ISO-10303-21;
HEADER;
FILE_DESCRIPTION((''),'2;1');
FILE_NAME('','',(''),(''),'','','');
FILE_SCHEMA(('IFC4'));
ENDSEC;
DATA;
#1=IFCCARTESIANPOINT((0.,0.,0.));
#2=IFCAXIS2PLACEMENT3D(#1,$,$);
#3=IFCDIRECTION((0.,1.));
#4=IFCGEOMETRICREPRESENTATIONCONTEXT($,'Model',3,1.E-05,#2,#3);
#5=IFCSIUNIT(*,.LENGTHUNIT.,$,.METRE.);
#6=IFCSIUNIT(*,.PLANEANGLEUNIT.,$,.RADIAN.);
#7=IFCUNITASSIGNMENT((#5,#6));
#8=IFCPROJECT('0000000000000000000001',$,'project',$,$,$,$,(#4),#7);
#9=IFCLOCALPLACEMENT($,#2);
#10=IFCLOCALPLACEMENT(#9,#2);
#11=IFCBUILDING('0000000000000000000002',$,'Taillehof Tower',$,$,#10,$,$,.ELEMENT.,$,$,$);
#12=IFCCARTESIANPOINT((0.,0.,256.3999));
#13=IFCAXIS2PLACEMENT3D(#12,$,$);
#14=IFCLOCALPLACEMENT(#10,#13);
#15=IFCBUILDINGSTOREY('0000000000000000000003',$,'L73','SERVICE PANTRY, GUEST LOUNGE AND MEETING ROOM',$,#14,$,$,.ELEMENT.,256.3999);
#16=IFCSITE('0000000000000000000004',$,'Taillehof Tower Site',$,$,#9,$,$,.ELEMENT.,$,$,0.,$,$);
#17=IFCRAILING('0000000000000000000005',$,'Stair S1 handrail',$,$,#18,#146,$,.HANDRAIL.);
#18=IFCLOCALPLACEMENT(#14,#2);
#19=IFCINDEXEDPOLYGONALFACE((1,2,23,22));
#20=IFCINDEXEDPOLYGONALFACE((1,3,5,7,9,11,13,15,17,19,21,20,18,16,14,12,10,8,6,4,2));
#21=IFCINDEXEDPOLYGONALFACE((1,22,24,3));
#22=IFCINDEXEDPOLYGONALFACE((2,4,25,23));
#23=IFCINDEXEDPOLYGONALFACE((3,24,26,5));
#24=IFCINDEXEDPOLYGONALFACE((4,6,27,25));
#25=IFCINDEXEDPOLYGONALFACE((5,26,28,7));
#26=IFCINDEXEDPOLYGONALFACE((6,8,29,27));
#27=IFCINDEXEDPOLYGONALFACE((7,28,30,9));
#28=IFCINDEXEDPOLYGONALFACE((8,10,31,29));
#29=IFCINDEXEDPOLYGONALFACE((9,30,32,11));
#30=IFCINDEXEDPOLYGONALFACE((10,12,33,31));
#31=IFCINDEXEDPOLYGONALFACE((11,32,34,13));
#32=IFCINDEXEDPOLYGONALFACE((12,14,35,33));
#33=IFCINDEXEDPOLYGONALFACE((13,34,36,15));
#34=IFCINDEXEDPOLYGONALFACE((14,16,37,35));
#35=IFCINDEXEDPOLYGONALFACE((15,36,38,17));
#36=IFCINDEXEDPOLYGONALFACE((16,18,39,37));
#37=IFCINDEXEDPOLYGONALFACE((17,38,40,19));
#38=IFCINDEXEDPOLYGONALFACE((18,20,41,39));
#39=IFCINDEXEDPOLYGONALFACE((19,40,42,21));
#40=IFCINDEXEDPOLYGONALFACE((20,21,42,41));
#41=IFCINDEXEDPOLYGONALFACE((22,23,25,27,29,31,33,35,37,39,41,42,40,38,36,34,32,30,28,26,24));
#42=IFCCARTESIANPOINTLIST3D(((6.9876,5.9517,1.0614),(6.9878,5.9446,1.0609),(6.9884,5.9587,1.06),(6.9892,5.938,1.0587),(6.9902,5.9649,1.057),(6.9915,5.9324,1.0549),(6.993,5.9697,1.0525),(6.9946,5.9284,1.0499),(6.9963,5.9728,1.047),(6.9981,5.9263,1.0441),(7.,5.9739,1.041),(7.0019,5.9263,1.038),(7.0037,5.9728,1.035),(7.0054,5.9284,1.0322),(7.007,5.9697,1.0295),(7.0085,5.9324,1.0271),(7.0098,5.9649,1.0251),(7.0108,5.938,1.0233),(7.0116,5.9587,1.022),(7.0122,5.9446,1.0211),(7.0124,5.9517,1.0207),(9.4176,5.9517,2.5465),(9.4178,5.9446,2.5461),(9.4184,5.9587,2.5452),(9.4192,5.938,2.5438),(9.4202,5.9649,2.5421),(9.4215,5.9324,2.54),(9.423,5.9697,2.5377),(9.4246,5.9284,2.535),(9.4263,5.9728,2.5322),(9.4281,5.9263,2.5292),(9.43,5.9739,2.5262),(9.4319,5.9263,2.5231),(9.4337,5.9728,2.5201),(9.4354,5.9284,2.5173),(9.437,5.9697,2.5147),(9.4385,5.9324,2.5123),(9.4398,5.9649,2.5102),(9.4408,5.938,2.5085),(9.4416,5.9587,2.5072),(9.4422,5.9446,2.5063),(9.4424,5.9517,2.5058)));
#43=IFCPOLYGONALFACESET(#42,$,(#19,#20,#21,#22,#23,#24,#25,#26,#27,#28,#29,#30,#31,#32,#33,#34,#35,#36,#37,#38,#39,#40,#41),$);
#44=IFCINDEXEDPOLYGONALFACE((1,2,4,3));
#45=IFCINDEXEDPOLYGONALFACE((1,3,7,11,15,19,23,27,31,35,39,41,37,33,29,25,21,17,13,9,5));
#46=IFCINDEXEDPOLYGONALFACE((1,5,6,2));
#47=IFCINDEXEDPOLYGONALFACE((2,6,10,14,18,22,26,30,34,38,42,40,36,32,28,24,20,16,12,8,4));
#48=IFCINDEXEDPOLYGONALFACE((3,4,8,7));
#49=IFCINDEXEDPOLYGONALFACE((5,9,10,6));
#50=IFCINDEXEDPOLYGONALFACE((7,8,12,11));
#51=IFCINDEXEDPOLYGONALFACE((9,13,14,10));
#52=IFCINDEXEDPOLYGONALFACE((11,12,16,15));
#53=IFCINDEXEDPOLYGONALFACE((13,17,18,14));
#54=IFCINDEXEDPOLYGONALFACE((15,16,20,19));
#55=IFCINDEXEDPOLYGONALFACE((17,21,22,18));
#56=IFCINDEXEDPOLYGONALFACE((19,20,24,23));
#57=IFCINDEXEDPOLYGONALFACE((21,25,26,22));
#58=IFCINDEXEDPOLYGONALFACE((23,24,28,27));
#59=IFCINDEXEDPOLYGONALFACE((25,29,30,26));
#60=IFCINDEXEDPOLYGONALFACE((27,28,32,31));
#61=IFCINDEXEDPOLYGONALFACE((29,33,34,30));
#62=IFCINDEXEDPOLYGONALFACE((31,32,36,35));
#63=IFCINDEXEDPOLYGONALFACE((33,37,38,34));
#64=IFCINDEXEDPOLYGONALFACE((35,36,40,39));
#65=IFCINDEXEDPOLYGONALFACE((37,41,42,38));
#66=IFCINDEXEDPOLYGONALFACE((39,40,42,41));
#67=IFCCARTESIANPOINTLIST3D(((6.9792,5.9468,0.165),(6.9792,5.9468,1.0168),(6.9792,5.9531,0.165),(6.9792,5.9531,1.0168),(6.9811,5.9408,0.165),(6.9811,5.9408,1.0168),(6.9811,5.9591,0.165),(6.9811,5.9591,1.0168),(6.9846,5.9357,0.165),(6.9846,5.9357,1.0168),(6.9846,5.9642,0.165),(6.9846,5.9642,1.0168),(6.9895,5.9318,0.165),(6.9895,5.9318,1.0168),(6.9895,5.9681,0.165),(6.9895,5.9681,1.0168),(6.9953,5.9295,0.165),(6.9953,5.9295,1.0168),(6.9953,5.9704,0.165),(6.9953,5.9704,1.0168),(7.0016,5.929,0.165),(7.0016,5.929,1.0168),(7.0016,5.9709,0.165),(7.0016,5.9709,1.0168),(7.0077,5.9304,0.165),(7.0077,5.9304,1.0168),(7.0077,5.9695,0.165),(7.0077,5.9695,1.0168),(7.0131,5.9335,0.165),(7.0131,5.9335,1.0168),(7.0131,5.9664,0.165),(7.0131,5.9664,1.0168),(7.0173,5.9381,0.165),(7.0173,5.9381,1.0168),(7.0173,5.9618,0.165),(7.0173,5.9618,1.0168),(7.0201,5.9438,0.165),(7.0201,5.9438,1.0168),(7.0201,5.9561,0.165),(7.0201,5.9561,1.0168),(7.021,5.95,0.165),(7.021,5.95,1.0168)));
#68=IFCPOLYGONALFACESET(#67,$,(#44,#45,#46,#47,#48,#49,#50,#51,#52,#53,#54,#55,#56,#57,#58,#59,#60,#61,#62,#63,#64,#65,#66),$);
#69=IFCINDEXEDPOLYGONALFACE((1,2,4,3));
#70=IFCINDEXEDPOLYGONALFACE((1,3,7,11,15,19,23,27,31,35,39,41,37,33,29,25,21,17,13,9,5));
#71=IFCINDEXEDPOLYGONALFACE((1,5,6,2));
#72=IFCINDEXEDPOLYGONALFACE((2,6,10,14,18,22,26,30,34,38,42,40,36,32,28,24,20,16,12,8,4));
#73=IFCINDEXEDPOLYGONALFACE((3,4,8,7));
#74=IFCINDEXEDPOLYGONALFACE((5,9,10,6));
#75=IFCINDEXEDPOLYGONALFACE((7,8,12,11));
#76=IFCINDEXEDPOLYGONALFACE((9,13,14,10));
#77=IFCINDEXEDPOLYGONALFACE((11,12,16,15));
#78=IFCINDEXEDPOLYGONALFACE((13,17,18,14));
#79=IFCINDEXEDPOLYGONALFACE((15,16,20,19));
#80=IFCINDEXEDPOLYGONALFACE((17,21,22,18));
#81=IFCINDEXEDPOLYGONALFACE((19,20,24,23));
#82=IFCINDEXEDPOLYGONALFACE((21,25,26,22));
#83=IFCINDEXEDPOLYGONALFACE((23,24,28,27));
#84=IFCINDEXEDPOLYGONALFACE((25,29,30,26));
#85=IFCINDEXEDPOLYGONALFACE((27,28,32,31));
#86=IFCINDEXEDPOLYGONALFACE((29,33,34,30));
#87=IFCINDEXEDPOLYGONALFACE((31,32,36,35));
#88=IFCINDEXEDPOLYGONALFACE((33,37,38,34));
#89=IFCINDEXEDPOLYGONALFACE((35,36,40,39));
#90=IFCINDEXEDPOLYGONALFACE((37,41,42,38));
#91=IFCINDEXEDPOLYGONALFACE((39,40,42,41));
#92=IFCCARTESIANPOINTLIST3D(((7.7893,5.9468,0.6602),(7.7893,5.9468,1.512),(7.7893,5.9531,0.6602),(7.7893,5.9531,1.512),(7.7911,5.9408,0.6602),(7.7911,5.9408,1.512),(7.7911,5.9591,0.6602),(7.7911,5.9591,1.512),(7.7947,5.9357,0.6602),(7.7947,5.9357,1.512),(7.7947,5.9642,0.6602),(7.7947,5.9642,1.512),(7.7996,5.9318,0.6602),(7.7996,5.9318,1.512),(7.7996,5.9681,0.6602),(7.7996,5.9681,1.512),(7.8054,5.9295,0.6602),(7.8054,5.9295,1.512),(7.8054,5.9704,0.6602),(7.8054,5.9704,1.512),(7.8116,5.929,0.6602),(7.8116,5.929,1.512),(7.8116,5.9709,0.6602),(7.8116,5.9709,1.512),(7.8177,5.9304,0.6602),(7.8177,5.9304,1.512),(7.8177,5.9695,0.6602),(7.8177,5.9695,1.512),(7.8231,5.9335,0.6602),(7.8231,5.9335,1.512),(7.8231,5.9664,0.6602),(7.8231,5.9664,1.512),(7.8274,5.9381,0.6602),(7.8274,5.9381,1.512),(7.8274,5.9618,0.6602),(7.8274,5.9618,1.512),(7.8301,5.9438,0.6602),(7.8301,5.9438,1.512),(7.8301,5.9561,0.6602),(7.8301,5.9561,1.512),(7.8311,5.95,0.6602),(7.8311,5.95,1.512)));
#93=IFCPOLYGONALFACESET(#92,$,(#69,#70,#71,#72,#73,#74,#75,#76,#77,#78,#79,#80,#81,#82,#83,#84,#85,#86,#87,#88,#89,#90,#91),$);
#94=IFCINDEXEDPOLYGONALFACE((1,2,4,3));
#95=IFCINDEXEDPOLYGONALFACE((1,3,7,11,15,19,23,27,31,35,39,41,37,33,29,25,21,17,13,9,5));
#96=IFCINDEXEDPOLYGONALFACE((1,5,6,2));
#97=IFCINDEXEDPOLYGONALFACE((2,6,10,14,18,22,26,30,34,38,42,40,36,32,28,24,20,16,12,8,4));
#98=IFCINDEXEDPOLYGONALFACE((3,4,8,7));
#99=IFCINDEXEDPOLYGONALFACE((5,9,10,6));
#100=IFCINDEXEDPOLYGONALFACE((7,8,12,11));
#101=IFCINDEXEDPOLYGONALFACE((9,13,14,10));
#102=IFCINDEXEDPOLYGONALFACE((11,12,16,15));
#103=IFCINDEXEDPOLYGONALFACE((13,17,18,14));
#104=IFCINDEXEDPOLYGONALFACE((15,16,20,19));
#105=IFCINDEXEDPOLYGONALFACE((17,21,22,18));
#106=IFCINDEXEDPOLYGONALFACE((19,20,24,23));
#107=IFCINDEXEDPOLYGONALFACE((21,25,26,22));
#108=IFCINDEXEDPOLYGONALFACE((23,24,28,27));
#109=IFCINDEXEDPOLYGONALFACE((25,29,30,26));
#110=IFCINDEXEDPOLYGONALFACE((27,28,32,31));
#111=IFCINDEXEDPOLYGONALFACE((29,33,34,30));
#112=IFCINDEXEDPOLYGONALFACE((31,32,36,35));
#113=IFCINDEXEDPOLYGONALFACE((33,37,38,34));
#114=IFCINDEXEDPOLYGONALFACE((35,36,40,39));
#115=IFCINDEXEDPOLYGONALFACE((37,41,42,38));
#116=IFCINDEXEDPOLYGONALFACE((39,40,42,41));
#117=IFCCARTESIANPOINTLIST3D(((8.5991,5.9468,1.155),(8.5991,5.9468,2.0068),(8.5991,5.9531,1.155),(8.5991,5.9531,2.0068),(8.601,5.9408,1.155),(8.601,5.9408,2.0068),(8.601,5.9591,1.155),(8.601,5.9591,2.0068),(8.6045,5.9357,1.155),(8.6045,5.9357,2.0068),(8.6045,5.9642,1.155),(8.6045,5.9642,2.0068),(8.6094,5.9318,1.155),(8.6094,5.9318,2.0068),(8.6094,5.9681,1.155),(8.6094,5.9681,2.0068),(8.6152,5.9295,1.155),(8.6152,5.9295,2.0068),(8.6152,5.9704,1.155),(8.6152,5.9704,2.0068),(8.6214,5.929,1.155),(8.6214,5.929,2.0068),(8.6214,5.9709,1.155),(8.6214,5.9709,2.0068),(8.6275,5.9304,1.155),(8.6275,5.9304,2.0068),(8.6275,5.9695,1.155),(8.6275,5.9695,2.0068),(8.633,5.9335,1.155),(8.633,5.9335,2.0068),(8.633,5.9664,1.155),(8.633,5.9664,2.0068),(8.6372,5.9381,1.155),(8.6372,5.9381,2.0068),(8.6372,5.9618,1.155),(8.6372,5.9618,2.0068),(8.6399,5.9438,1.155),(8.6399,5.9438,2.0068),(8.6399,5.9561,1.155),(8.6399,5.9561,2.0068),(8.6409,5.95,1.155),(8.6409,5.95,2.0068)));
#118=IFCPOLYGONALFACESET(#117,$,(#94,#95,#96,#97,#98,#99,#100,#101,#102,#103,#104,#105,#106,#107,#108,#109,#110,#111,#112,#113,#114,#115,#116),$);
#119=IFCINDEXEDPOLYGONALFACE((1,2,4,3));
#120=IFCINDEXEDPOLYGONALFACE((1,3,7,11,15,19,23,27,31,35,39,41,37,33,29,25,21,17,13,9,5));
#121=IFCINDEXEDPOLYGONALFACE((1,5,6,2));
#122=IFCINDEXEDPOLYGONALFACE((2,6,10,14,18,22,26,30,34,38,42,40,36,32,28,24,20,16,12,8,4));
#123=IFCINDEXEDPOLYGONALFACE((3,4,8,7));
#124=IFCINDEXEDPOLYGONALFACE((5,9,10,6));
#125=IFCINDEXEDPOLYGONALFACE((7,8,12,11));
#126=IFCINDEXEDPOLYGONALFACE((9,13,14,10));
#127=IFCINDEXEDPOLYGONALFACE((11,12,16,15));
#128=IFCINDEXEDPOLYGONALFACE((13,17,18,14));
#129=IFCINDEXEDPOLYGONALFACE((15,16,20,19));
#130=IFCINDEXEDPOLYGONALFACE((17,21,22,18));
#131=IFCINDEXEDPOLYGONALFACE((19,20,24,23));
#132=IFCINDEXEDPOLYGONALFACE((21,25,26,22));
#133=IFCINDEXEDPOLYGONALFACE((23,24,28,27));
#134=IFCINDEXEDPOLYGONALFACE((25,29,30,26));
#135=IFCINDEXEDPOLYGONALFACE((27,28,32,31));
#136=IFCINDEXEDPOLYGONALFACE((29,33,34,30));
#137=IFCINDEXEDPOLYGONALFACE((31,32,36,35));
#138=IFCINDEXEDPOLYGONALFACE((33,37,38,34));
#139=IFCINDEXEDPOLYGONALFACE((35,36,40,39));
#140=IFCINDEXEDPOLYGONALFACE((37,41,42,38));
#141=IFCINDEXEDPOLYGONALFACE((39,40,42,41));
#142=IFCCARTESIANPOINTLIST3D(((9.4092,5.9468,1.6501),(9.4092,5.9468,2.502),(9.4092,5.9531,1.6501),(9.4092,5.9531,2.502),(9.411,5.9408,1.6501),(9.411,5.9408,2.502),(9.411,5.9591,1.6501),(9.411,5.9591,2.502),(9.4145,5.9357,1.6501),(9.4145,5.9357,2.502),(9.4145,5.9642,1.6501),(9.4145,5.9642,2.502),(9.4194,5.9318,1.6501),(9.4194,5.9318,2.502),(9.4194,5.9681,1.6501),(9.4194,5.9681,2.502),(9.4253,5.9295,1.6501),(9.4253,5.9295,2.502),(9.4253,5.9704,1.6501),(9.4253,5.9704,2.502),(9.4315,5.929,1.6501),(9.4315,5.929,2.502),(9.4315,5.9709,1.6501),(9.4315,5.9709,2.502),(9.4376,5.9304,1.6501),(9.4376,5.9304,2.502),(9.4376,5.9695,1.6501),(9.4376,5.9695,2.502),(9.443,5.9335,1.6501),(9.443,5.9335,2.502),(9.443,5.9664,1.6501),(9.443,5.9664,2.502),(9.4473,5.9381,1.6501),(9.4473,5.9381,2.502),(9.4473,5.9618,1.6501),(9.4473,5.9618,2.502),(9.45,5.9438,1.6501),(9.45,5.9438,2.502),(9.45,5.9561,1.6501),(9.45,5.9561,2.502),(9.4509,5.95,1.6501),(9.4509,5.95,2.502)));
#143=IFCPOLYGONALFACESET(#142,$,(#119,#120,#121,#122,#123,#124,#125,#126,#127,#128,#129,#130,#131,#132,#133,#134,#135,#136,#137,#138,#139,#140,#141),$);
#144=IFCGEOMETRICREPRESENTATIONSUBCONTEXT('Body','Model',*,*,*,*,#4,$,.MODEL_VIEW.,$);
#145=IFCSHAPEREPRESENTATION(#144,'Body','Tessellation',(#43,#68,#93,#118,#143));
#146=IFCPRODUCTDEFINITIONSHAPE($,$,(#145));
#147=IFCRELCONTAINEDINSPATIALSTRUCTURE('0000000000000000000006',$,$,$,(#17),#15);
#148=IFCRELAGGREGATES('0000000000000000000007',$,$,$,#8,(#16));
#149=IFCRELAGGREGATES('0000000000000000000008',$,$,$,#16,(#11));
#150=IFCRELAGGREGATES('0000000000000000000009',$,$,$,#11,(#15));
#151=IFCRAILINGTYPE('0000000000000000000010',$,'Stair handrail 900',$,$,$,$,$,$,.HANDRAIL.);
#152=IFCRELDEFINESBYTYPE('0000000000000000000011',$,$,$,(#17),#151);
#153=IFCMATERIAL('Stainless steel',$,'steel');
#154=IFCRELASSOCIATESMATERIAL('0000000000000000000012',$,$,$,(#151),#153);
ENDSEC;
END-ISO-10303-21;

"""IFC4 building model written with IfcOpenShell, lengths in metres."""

from ifc_helpers import new_model, si_unit, direction, frame, origin, origin_2d, place, context, subcontext, project, spatial, circle, extrude, material, type_object, element, save


model = new_model("IFC4")

# Units and contexts
model_context = context("Model", 3, precision=1e-05, world=origin(), true_north=direction((0.0, 1.0)))
body_context = subcontext(model_context, "Body", "Model", "MODEL_VIEW")
ifc_project = project(units=[si_unit("LENGTHUNIT", "METRE"), si_unit("PLANEANGLEUNIT", "RADIAN")], contexts=[model_context])

# Site, building, storey
site_placement = place(None, origin())
site = spatial("IfcSite", under=ifc_project, at=site_placement, Name="Taillehof Tower Site", CompositionType="ELEMENT", RefElevation=0.0)
building_placement = place(site_placement, origin())
building = spatial("IfcBuilding", under=site, at=building_placement, Name="Taillehof Tower", CompositionType="ELEMENT")
storey_placement = place(building_placement, frame((0.0, 0.0, 256.3999)))
storey = spatial("IfcBuildingStorey", under=building, at=storey_placement, Name="L73", Description="SERVICE PANTRY, GUEST LOUNGE AND MEETING ROOM", CompositionType="ELEMENT", Elevation=256.3999)

# Railing
ifc_material_1 = material(Name="Stainless steel", Category="steel")
railing_type = type_object("IfcRailingType", Name="Stair handrail 900", PredefinedType="HANDRAIL", material=ifc_material_1)
railing_placement = place(storey_placement, frame((7.0, 5.95, 0.165)))
element("IfcRailing", 1, at=railing_placement, inside=storey, type_object=railing_type, Name="Stair S1 handrail", PredefinedType="HANDRAIL", context=body_context, shape_type="SweptSolid", body=[
    extrude(circle(Radius=0.0239, at=origin_2d()), frame((0.0, 0.0, 0.876), z_axis=(0.853259, 0.0, 0.521488), x_axis=(0.0, 1.0, 0.0)), (0.0, 0.0, 1.0), 2.8479),
    extrude(circle(Radius=0.021, at=origin_2d()), origin(), (0.0, 0.0, 1.0), 0.8518),
    extrude(circle(Radius=0.021, at=origin_2d()), frame((0.8101, 0.0, 0.4951)), (0.0, 0.0, 1.0), 0.8518),
    extrude(circle(Radius=0.021, at=origin_2d()), frame((1.6199, 0.0, 0.99)), (0.0, 0.0, 1.0), 0.8518),
    extrude(circle(Radius=0.021, at=origin_2d()), frame((2.4299, 0.0, 1.4851)), (0.0, 0.0, 1.0), 0.8518),
])

save(model, "model.ifc")
